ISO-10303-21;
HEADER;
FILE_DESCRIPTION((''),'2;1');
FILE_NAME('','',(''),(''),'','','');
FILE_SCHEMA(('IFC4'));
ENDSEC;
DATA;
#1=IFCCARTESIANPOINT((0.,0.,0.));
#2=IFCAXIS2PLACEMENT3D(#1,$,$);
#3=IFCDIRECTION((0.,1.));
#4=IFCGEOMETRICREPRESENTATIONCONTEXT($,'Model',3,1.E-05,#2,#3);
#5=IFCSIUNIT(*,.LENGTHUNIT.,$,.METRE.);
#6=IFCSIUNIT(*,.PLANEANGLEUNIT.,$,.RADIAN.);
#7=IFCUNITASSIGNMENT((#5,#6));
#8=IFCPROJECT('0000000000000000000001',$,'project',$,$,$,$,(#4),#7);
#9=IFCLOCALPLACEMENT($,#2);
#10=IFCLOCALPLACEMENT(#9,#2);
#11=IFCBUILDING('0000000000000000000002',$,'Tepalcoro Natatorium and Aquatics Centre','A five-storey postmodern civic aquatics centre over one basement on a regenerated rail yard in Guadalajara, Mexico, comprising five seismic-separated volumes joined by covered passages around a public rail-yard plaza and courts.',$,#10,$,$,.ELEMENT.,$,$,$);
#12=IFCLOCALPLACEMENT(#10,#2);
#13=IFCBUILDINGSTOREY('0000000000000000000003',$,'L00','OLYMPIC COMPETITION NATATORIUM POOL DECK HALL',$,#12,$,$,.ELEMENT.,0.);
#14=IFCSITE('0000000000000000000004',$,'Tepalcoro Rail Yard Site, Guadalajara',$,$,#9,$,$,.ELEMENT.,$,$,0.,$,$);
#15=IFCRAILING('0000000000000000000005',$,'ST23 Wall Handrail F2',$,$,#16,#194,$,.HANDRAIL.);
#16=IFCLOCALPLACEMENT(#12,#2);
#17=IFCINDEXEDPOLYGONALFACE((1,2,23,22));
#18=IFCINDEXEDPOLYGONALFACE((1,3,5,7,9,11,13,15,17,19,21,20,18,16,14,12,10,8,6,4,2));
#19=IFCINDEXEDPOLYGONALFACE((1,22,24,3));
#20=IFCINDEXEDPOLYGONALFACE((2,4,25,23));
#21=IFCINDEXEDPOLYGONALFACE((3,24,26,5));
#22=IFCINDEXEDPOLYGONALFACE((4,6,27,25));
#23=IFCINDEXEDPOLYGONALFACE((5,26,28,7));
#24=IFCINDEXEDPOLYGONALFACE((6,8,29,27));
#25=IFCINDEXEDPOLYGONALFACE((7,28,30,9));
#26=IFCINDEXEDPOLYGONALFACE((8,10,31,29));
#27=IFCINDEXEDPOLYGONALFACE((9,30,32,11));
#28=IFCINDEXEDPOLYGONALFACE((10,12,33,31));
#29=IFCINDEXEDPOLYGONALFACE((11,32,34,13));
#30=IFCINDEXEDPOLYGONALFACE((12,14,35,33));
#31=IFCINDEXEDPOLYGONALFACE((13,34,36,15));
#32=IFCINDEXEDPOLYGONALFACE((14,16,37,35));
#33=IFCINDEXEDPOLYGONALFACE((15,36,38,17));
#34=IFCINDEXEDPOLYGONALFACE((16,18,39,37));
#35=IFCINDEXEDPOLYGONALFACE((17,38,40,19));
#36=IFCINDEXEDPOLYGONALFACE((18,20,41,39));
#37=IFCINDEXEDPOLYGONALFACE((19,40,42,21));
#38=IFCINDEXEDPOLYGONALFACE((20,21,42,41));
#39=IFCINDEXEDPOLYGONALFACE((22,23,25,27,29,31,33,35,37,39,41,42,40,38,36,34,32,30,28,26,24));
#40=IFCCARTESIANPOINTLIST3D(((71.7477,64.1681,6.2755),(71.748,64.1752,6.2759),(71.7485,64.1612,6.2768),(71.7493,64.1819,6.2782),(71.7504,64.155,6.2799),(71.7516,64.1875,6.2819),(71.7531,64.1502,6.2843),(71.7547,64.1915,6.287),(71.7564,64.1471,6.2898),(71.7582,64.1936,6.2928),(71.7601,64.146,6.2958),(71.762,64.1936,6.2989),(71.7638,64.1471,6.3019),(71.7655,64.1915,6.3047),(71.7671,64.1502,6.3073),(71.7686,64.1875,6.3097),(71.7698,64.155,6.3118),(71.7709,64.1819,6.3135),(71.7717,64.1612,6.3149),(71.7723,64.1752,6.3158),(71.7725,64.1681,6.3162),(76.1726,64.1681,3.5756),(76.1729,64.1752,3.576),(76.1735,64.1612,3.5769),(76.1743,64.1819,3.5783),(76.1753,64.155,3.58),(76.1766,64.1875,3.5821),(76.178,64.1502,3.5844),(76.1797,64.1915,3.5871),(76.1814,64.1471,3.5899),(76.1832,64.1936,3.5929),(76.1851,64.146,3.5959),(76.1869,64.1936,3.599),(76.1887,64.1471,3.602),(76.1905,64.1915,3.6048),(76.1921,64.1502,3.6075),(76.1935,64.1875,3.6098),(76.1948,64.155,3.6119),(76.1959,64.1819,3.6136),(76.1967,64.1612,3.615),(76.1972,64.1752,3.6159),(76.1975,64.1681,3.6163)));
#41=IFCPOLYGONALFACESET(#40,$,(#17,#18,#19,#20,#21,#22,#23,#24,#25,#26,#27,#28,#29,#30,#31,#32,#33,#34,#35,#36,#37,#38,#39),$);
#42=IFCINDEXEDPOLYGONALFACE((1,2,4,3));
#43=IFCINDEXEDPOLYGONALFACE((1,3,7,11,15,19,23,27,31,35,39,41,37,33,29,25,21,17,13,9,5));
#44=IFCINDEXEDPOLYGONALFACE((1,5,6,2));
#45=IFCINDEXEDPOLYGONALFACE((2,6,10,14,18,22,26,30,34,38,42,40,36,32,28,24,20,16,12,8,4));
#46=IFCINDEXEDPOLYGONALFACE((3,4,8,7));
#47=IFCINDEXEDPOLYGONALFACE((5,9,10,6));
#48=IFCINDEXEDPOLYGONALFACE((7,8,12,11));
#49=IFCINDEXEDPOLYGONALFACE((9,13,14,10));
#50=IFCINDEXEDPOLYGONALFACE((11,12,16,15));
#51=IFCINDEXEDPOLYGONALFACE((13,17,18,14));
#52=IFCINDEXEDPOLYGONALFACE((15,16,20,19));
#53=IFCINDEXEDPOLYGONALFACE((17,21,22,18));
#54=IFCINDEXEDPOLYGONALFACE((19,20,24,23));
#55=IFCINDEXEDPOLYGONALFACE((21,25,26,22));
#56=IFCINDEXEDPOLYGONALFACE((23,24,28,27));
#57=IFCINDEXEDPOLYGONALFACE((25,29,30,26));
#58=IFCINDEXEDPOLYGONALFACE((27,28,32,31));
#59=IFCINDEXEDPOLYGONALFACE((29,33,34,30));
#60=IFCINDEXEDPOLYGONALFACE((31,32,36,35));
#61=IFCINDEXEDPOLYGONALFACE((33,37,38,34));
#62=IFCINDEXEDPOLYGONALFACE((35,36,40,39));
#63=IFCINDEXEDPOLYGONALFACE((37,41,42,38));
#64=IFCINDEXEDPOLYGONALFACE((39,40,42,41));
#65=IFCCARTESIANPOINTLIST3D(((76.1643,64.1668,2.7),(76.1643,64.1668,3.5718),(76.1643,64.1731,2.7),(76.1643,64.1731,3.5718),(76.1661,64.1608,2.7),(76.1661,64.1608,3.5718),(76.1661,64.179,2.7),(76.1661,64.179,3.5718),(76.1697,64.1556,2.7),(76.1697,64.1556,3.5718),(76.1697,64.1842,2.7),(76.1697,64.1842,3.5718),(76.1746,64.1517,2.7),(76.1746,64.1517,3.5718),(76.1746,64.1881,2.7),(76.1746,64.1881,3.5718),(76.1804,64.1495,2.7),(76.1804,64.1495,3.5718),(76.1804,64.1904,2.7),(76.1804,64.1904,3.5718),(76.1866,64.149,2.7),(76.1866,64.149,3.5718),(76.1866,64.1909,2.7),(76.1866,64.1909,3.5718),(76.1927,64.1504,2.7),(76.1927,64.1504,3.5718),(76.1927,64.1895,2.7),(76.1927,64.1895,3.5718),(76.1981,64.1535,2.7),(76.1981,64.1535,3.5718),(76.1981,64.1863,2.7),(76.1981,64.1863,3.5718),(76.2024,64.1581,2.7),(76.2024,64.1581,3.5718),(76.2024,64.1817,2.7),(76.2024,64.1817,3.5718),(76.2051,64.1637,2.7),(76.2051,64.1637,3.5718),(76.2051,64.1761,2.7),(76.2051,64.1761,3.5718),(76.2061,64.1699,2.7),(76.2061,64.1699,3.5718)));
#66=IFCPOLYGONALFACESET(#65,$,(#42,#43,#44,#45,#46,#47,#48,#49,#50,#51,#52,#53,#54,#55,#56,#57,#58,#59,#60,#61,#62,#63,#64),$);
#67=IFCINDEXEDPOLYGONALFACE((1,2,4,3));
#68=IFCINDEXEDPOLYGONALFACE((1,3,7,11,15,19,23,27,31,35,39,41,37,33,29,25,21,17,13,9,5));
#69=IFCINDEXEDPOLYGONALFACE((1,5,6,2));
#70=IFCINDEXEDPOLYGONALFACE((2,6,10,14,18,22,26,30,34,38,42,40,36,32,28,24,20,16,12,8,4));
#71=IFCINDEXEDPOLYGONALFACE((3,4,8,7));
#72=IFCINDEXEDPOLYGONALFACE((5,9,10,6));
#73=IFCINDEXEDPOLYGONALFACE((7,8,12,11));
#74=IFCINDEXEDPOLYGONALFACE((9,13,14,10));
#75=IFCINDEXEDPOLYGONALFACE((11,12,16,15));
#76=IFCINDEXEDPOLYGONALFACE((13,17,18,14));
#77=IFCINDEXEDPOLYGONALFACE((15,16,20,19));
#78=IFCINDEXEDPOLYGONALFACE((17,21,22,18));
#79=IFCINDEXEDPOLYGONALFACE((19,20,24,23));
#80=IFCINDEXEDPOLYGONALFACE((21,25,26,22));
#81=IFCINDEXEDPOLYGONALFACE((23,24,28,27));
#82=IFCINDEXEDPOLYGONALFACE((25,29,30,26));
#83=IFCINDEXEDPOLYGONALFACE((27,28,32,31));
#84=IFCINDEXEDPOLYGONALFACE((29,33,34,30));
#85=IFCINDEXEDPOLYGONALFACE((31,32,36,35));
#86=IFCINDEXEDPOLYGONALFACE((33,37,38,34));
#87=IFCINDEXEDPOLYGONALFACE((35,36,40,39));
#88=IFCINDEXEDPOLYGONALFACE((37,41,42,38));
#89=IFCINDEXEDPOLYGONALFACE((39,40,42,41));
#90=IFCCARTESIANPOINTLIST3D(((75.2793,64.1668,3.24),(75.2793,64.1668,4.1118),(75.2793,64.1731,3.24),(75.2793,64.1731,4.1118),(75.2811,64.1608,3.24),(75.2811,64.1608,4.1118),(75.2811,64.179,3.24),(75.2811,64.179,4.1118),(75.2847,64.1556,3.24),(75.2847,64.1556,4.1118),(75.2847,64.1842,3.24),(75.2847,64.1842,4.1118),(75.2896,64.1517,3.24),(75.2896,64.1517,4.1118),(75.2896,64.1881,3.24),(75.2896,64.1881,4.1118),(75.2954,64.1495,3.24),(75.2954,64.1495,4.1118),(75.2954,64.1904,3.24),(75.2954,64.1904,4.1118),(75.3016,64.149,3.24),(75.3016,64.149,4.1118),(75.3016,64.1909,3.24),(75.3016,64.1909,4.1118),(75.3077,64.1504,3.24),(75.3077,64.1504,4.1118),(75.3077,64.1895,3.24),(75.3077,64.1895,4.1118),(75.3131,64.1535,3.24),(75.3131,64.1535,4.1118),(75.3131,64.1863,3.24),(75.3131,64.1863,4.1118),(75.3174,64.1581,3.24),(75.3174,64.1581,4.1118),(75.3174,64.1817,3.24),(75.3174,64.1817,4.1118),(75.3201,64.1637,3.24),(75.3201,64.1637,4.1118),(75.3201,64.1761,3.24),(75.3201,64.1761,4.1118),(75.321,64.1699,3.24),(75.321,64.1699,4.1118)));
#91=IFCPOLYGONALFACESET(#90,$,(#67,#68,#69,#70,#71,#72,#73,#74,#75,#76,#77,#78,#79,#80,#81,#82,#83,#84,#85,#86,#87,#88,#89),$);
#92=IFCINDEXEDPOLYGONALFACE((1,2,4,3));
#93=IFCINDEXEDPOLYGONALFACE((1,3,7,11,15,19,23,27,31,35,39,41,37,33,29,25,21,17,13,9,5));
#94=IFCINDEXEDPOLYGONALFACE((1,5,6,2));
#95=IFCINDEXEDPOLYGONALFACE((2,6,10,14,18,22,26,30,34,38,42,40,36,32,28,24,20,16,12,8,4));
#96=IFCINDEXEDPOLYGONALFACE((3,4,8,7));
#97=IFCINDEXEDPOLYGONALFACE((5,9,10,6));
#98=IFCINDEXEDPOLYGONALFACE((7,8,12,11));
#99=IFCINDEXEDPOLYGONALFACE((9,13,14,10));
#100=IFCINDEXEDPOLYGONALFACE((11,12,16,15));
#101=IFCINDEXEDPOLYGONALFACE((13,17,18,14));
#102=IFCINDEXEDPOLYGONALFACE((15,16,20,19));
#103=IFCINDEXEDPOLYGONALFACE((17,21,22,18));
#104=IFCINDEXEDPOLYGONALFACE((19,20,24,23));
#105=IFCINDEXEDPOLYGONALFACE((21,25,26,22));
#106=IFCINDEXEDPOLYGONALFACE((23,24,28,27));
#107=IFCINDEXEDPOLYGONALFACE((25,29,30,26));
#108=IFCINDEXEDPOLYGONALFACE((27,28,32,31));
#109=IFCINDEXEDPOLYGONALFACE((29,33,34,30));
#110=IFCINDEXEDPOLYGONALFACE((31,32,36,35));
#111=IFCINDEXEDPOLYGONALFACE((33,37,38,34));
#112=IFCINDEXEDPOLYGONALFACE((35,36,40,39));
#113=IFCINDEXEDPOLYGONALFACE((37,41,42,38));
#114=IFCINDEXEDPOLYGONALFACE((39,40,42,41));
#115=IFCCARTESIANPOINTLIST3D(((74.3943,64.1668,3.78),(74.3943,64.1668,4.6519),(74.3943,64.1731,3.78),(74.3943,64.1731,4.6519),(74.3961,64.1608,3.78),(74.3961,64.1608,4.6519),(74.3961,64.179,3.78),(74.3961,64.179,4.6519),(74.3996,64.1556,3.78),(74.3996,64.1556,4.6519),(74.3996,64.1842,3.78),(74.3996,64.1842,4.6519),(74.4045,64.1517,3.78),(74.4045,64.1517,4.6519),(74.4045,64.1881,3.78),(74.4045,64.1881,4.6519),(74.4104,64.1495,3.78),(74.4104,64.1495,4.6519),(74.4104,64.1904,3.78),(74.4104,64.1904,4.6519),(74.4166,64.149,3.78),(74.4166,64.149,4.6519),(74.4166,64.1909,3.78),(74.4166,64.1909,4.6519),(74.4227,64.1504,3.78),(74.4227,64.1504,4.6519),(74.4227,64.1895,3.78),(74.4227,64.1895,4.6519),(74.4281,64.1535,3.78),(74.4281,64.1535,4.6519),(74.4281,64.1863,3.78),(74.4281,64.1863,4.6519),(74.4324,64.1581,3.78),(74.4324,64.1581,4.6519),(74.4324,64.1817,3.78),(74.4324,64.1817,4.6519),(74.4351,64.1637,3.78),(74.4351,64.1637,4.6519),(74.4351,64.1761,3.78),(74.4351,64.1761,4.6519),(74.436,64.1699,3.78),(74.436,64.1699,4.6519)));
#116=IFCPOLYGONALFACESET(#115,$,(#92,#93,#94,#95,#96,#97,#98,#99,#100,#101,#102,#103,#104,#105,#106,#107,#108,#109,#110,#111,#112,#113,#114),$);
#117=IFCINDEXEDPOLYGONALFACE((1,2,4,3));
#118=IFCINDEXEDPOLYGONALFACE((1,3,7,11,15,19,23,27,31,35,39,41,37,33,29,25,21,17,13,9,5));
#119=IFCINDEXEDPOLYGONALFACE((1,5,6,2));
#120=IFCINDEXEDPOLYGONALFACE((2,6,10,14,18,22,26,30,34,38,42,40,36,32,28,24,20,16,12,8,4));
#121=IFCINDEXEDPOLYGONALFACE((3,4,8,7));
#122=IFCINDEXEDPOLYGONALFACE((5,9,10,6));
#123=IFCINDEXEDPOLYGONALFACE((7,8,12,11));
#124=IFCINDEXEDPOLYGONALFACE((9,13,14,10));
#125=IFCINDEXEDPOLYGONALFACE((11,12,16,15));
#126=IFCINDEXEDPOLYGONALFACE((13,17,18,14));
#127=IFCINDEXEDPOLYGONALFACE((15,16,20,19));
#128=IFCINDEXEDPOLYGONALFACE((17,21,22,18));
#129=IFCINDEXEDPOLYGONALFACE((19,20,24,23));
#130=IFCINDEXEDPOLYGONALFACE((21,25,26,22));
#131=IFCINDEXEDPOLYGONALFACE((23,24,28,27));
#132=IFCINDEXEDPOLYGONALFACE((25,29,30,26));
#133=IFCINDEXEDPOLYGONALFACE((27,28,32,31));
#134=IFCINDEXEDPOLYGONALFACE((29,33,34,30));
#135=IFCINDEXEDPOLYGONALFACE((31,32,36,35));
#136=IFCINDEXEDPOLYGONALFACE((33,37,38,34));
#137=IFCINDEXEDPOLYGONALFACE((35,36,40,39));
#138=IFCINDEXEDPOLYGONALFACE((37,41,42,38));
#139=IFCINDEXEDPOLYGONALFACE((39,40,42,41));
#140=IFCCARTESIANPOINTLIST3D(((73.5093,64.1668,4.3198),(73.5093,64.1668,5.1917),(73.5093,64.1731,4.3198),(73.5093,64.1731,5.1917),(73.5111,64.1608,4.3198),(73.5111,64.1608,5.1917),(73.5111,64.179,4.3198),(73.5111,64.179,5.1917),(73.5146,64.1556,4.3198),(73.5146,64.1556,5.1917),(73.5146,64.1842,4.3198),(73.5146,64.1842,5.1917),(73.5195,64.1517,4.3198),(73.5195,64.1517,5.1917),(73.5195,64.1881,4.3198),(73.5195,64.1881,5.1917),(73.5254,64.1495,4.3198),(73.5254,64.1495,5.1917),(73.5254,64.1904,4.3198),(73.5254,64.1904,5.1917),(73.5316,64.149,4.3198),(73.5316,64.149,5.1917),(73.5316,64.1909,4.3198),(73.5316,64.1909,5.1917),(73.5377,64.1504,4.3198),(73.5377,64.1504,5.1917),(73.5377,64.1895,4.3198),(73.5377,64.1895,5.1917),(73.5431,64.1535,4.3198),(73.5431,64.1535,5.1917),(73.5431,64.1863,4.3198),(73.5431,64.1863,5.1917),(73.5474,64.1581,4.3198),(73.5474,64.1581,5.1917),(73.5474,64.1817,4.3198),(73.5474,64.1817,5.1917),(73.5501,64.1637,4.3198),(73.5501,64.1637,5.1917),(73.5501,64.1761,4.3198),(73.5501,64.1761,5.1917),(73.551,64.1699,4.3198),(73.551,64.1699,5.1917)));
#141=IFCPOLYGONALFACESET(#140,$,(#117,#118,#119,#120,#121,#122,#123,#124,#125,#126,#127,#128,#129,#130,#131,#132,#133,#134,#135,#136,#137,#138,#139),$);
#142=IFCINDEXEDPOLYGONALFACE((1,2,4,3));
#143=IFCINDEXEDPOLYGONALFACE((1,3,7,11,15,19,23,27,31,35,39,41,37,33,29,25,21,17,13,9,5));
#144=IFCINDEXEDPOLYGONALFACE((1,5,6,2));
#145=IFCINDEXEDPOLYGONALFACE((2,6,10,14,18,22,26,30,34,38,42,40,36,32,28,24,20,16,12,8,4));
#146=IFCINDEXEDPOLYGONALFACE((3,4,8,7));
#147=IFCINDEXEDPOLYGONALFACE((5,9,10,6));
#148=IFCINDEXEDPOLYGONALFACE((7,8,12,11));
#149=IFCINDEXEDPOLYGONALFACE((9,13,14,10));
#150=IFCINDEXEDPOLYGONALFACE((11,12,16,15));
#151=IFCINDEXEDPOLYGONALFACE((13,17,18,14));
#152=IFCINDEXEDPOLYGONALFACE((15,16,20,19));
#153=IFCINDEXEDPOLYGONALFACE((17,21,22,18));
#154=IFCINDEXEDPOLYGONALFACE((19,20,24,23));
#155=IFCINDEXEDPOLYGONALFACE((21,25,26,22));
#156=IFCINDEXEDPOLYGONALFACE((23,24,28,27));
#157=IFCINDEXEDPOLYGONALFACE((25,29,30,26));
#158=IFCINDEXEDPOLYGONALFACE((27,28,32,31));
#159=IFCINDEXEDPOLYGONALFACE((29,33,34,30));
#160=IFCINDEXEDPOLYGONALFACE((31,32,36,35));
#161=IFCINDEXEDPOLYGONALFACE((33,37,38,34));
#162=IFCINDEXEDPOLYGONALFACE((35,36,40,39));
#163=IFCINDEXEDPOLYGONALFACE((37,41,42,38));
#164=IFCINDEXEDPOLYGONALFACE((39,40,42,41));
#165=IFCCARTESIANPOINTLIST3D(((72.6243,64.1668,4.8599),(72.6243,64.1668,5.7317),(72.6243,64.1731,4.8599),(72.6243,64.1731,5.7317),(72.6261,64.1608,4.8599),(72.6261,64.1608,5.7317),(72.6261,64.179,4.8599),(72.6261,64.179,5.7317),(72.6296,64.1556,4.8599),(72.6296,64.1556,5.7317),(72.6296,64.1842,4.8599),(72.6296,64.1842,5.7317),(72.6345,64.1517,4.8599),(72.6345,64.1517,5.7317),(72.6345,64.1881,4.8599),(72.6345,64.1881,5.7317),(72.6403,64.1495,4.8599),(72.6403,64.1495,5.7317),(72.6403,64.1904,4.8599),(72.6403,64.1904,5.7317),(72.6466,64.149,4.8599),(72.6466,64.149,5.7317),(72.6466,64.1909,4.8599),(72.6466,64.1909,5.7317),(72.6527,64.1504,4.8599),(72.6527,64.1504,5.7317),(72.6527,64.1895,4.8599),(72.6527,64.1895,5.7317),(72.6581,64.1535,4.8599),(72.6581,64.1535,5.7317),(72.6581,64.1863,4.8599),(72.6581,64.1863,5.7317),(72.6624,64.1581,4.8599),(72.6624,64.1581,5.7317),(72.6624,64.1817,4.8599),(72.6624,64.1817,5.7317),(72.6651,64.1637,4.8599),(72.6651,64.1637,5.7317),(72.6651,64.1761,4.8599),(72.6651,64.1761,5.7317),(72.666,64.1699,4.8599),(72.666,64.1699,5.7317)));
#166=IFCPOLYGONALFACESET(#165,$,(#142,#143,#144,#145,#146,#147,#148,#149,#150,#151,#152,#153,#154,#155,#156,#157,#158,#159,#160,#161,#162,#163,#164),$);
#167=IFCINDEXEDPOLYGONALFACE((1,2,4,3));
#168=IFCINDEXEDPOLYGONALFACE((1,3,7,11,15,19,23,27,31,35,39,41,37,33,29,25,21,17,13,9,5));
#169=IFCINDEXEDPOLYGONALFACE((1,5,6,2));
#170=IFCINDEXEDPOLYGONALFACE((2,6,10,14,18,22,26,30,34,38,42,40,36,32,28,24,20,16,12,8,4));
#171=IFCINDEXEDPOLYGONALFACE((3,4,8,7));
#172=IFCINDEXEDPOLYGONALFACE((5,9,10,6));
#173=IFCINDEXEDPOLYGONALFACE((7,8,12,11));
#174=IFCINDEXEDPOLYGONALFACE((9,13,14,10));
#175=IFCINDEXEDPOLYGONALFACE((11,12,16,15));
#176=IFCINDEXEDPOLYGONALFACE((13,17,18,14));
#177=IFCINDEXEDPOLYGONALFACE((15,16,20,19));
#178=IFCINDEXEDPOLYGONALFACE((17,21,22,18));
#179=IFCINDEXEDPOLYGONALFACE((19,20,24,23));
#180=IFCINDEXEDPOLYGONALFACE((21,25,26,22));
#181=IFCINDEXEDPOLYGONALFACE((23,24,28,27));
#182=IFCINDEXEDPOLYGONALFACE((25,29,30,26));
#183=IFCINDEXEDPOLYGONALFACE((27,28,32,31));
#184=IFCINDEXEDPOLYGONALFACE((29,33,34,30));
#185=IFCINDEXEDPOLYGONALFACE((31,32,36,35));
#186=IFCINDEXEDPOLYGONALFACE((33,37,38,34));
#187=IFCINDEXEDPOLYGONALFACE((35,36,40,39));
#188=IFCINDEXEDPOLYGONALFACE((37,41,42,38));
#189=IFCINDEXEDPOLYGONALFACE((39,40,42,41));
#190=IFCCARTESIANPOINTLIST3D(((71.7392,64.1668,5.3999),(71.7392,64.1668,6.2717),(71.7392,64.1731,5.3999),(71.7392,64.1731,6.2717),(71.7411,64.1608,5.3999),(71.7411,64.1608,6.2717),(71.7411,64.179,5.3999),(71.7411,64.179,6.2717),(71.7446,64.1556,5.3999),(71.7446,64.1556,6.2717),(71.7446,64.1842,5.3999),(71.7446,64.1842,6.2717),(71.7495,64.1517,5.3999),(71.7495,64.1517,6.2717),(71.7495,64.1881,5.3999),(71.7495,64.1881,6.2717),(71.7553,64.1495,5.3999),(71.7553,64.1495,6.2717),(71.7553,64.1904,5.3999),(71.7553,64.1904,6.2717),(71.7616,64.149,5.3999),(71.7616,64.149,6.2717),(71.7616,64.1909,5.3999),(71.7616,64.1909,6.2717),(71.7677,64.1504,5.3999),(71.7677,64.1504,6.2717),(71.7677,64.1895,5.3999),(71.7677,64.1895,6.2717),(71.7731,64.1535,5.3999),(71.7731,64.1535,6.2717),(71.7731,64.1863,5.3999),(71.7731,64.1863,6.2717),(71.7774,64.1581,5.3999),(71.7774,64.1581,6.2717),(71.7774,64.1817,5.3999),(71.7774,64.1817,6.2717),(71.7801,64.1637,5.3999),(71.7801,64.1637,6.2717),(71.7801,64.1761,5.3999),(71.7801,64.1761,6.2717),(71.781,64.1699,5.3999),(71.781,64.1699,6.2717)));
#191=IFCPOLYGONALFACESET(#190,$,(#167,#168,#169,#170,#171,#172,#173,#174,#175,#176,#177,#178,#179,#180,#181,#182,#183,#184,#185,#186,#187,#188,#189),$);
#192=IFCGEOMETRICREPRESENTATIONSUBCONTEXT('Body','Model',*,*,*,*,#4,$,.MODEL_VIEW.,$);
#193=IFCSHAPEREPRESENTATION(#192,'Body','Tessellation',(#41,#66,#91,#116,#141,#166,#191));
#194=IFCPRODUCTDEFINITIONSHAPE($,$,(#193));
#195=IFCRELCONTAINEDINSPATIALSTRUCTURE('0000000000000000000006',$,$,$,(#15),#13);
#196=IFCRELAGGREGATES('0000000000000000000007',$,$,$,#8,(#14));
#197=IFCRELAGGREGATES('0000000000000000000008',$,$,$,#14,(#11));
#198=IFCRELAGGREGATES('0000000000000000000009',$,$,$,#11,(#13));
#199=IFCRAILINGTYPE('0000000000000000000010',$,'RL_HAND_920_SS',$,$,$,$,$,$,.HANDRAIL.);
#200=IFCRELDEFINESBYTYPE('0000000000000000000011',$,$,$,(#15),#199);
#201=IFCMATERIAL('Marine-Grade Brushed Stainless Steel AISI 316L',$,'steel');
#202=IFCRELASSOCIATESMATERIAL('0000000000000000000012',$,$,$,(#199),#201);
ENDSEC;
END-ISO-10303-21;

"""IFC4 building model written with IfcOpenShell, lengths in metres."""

from ifc_helpers import new_model, si_unit, direction, frame, origin, origin_2d, place, context, subcontext, project, spatial, circle, extrude, material, type_object, element, save


model = new_model("IFC4")

# Units and contexts
model_context = context("Model", 3, precision=1e-05, world=origin(), true_north=direction((0.0, 1.0)))
body_context = subcontext(model_context, "Body", "Model", "MODEL_VIEW")
ifc_project = project(units=[si_unit("LENGTHUNIT", "METRE"), si_unit("PLANEANGLEUNIT", "RADIAN")], contexts=[model_context])

# Site, building, storey
site_placement = place(None, origin())
site = spatial("IfcSite", under=ifc_project, at=site_placement, Name="Tepalcoro Rail Yard Site, Guadalajara", CompositionType="ELEMENT", RefElevation=0.0)
building_placement = place(site_placement, origin())
building = spatial("IfcBuilding", under=site, at=building_placement, Name="Tepalcoro Natatorium and Aquatics Centre", Description="A five-storey postmodern civic aquatics centre over one basement on a regenerated rail yard in Guadalajara, Mexico, comprising five seismic-separated volumes joined by covered passages around a public rail-yard plaza and courts.", CompositionType="ELEMENT")
storey_placement = place(building_placement, origin())
storey = spatial("IfcBuildingStorey", under=building, at=storey_placement, Name="L00", Description="OLYMPIC COMPETITION NATATORIUM POOL DECK HALL", CompositionType="ELEMENT", Elevation=0.0)

# Railing
ifc_material_1 = material(Name="Marine-Grade Brushed Stainless Steel AISI 316L", Category="steel")
railing_type_1 = type_object("IfcRailingType", Name="RL_HAND_920_SS", PredefinedType="HANDRAIL", material=ifc_material_1)
railing_1_placement = place(storey_placement, frame((76.1851, 64.1699, 2.7)))
element("IfcRailing", 1, at=railing_1_placement, inside=storey, type_object=railing_type_1, Name="ST23 Wall Handrail F2", PredefinedType="HANDRAIL", context=body_context, shape_type="SweptSolid", body=[
    extrude(circle(Radius=0.0239, at=origin_2d()), frame((0.0, 0.0, 0.896), z_axis=(-0.853646, 0.0, 0.520854), x_axis=(0.0, -1.0, 0.0)), (0.0, 0.0, 1.0), 5.1836),
    extrude(circle(Radius=0.021, at=origin_2d()), origin(), (0.0, 0.0, 1.0), 0.8718),
    extrude(circle(Radius=0.021, at=origin_2d()), frame((-0.885, 0.0, 0.54)), (0.0, 0.0, 1.0), 0.8718),
    extrude(circle(Radius=0.021, at=origin_2d()), frame((-1.77, 0.0, 1.0801)), (0.0, 0.0, 1.0), 0.8718),
    extrude(circle(Radius=0.021, at=origin_2d()), frame((-2.655, 0.0, 1.6199)), (0.0, 0.0, 1.0), 0.8718),
    extrude(circle(Radius=0.021, at=origin_2d()), frame((-3.54, 0.0, 2.1599)), (0.0, 0.0, 1.0), 0.8718),
    extrude(circle(Radius=0.021, at=origin_2d()), frame((-4.425, 0.0, 2.7)), (0.0, 0.0, 1.0), 0.8718),
])

save(model, "model.ifc")
